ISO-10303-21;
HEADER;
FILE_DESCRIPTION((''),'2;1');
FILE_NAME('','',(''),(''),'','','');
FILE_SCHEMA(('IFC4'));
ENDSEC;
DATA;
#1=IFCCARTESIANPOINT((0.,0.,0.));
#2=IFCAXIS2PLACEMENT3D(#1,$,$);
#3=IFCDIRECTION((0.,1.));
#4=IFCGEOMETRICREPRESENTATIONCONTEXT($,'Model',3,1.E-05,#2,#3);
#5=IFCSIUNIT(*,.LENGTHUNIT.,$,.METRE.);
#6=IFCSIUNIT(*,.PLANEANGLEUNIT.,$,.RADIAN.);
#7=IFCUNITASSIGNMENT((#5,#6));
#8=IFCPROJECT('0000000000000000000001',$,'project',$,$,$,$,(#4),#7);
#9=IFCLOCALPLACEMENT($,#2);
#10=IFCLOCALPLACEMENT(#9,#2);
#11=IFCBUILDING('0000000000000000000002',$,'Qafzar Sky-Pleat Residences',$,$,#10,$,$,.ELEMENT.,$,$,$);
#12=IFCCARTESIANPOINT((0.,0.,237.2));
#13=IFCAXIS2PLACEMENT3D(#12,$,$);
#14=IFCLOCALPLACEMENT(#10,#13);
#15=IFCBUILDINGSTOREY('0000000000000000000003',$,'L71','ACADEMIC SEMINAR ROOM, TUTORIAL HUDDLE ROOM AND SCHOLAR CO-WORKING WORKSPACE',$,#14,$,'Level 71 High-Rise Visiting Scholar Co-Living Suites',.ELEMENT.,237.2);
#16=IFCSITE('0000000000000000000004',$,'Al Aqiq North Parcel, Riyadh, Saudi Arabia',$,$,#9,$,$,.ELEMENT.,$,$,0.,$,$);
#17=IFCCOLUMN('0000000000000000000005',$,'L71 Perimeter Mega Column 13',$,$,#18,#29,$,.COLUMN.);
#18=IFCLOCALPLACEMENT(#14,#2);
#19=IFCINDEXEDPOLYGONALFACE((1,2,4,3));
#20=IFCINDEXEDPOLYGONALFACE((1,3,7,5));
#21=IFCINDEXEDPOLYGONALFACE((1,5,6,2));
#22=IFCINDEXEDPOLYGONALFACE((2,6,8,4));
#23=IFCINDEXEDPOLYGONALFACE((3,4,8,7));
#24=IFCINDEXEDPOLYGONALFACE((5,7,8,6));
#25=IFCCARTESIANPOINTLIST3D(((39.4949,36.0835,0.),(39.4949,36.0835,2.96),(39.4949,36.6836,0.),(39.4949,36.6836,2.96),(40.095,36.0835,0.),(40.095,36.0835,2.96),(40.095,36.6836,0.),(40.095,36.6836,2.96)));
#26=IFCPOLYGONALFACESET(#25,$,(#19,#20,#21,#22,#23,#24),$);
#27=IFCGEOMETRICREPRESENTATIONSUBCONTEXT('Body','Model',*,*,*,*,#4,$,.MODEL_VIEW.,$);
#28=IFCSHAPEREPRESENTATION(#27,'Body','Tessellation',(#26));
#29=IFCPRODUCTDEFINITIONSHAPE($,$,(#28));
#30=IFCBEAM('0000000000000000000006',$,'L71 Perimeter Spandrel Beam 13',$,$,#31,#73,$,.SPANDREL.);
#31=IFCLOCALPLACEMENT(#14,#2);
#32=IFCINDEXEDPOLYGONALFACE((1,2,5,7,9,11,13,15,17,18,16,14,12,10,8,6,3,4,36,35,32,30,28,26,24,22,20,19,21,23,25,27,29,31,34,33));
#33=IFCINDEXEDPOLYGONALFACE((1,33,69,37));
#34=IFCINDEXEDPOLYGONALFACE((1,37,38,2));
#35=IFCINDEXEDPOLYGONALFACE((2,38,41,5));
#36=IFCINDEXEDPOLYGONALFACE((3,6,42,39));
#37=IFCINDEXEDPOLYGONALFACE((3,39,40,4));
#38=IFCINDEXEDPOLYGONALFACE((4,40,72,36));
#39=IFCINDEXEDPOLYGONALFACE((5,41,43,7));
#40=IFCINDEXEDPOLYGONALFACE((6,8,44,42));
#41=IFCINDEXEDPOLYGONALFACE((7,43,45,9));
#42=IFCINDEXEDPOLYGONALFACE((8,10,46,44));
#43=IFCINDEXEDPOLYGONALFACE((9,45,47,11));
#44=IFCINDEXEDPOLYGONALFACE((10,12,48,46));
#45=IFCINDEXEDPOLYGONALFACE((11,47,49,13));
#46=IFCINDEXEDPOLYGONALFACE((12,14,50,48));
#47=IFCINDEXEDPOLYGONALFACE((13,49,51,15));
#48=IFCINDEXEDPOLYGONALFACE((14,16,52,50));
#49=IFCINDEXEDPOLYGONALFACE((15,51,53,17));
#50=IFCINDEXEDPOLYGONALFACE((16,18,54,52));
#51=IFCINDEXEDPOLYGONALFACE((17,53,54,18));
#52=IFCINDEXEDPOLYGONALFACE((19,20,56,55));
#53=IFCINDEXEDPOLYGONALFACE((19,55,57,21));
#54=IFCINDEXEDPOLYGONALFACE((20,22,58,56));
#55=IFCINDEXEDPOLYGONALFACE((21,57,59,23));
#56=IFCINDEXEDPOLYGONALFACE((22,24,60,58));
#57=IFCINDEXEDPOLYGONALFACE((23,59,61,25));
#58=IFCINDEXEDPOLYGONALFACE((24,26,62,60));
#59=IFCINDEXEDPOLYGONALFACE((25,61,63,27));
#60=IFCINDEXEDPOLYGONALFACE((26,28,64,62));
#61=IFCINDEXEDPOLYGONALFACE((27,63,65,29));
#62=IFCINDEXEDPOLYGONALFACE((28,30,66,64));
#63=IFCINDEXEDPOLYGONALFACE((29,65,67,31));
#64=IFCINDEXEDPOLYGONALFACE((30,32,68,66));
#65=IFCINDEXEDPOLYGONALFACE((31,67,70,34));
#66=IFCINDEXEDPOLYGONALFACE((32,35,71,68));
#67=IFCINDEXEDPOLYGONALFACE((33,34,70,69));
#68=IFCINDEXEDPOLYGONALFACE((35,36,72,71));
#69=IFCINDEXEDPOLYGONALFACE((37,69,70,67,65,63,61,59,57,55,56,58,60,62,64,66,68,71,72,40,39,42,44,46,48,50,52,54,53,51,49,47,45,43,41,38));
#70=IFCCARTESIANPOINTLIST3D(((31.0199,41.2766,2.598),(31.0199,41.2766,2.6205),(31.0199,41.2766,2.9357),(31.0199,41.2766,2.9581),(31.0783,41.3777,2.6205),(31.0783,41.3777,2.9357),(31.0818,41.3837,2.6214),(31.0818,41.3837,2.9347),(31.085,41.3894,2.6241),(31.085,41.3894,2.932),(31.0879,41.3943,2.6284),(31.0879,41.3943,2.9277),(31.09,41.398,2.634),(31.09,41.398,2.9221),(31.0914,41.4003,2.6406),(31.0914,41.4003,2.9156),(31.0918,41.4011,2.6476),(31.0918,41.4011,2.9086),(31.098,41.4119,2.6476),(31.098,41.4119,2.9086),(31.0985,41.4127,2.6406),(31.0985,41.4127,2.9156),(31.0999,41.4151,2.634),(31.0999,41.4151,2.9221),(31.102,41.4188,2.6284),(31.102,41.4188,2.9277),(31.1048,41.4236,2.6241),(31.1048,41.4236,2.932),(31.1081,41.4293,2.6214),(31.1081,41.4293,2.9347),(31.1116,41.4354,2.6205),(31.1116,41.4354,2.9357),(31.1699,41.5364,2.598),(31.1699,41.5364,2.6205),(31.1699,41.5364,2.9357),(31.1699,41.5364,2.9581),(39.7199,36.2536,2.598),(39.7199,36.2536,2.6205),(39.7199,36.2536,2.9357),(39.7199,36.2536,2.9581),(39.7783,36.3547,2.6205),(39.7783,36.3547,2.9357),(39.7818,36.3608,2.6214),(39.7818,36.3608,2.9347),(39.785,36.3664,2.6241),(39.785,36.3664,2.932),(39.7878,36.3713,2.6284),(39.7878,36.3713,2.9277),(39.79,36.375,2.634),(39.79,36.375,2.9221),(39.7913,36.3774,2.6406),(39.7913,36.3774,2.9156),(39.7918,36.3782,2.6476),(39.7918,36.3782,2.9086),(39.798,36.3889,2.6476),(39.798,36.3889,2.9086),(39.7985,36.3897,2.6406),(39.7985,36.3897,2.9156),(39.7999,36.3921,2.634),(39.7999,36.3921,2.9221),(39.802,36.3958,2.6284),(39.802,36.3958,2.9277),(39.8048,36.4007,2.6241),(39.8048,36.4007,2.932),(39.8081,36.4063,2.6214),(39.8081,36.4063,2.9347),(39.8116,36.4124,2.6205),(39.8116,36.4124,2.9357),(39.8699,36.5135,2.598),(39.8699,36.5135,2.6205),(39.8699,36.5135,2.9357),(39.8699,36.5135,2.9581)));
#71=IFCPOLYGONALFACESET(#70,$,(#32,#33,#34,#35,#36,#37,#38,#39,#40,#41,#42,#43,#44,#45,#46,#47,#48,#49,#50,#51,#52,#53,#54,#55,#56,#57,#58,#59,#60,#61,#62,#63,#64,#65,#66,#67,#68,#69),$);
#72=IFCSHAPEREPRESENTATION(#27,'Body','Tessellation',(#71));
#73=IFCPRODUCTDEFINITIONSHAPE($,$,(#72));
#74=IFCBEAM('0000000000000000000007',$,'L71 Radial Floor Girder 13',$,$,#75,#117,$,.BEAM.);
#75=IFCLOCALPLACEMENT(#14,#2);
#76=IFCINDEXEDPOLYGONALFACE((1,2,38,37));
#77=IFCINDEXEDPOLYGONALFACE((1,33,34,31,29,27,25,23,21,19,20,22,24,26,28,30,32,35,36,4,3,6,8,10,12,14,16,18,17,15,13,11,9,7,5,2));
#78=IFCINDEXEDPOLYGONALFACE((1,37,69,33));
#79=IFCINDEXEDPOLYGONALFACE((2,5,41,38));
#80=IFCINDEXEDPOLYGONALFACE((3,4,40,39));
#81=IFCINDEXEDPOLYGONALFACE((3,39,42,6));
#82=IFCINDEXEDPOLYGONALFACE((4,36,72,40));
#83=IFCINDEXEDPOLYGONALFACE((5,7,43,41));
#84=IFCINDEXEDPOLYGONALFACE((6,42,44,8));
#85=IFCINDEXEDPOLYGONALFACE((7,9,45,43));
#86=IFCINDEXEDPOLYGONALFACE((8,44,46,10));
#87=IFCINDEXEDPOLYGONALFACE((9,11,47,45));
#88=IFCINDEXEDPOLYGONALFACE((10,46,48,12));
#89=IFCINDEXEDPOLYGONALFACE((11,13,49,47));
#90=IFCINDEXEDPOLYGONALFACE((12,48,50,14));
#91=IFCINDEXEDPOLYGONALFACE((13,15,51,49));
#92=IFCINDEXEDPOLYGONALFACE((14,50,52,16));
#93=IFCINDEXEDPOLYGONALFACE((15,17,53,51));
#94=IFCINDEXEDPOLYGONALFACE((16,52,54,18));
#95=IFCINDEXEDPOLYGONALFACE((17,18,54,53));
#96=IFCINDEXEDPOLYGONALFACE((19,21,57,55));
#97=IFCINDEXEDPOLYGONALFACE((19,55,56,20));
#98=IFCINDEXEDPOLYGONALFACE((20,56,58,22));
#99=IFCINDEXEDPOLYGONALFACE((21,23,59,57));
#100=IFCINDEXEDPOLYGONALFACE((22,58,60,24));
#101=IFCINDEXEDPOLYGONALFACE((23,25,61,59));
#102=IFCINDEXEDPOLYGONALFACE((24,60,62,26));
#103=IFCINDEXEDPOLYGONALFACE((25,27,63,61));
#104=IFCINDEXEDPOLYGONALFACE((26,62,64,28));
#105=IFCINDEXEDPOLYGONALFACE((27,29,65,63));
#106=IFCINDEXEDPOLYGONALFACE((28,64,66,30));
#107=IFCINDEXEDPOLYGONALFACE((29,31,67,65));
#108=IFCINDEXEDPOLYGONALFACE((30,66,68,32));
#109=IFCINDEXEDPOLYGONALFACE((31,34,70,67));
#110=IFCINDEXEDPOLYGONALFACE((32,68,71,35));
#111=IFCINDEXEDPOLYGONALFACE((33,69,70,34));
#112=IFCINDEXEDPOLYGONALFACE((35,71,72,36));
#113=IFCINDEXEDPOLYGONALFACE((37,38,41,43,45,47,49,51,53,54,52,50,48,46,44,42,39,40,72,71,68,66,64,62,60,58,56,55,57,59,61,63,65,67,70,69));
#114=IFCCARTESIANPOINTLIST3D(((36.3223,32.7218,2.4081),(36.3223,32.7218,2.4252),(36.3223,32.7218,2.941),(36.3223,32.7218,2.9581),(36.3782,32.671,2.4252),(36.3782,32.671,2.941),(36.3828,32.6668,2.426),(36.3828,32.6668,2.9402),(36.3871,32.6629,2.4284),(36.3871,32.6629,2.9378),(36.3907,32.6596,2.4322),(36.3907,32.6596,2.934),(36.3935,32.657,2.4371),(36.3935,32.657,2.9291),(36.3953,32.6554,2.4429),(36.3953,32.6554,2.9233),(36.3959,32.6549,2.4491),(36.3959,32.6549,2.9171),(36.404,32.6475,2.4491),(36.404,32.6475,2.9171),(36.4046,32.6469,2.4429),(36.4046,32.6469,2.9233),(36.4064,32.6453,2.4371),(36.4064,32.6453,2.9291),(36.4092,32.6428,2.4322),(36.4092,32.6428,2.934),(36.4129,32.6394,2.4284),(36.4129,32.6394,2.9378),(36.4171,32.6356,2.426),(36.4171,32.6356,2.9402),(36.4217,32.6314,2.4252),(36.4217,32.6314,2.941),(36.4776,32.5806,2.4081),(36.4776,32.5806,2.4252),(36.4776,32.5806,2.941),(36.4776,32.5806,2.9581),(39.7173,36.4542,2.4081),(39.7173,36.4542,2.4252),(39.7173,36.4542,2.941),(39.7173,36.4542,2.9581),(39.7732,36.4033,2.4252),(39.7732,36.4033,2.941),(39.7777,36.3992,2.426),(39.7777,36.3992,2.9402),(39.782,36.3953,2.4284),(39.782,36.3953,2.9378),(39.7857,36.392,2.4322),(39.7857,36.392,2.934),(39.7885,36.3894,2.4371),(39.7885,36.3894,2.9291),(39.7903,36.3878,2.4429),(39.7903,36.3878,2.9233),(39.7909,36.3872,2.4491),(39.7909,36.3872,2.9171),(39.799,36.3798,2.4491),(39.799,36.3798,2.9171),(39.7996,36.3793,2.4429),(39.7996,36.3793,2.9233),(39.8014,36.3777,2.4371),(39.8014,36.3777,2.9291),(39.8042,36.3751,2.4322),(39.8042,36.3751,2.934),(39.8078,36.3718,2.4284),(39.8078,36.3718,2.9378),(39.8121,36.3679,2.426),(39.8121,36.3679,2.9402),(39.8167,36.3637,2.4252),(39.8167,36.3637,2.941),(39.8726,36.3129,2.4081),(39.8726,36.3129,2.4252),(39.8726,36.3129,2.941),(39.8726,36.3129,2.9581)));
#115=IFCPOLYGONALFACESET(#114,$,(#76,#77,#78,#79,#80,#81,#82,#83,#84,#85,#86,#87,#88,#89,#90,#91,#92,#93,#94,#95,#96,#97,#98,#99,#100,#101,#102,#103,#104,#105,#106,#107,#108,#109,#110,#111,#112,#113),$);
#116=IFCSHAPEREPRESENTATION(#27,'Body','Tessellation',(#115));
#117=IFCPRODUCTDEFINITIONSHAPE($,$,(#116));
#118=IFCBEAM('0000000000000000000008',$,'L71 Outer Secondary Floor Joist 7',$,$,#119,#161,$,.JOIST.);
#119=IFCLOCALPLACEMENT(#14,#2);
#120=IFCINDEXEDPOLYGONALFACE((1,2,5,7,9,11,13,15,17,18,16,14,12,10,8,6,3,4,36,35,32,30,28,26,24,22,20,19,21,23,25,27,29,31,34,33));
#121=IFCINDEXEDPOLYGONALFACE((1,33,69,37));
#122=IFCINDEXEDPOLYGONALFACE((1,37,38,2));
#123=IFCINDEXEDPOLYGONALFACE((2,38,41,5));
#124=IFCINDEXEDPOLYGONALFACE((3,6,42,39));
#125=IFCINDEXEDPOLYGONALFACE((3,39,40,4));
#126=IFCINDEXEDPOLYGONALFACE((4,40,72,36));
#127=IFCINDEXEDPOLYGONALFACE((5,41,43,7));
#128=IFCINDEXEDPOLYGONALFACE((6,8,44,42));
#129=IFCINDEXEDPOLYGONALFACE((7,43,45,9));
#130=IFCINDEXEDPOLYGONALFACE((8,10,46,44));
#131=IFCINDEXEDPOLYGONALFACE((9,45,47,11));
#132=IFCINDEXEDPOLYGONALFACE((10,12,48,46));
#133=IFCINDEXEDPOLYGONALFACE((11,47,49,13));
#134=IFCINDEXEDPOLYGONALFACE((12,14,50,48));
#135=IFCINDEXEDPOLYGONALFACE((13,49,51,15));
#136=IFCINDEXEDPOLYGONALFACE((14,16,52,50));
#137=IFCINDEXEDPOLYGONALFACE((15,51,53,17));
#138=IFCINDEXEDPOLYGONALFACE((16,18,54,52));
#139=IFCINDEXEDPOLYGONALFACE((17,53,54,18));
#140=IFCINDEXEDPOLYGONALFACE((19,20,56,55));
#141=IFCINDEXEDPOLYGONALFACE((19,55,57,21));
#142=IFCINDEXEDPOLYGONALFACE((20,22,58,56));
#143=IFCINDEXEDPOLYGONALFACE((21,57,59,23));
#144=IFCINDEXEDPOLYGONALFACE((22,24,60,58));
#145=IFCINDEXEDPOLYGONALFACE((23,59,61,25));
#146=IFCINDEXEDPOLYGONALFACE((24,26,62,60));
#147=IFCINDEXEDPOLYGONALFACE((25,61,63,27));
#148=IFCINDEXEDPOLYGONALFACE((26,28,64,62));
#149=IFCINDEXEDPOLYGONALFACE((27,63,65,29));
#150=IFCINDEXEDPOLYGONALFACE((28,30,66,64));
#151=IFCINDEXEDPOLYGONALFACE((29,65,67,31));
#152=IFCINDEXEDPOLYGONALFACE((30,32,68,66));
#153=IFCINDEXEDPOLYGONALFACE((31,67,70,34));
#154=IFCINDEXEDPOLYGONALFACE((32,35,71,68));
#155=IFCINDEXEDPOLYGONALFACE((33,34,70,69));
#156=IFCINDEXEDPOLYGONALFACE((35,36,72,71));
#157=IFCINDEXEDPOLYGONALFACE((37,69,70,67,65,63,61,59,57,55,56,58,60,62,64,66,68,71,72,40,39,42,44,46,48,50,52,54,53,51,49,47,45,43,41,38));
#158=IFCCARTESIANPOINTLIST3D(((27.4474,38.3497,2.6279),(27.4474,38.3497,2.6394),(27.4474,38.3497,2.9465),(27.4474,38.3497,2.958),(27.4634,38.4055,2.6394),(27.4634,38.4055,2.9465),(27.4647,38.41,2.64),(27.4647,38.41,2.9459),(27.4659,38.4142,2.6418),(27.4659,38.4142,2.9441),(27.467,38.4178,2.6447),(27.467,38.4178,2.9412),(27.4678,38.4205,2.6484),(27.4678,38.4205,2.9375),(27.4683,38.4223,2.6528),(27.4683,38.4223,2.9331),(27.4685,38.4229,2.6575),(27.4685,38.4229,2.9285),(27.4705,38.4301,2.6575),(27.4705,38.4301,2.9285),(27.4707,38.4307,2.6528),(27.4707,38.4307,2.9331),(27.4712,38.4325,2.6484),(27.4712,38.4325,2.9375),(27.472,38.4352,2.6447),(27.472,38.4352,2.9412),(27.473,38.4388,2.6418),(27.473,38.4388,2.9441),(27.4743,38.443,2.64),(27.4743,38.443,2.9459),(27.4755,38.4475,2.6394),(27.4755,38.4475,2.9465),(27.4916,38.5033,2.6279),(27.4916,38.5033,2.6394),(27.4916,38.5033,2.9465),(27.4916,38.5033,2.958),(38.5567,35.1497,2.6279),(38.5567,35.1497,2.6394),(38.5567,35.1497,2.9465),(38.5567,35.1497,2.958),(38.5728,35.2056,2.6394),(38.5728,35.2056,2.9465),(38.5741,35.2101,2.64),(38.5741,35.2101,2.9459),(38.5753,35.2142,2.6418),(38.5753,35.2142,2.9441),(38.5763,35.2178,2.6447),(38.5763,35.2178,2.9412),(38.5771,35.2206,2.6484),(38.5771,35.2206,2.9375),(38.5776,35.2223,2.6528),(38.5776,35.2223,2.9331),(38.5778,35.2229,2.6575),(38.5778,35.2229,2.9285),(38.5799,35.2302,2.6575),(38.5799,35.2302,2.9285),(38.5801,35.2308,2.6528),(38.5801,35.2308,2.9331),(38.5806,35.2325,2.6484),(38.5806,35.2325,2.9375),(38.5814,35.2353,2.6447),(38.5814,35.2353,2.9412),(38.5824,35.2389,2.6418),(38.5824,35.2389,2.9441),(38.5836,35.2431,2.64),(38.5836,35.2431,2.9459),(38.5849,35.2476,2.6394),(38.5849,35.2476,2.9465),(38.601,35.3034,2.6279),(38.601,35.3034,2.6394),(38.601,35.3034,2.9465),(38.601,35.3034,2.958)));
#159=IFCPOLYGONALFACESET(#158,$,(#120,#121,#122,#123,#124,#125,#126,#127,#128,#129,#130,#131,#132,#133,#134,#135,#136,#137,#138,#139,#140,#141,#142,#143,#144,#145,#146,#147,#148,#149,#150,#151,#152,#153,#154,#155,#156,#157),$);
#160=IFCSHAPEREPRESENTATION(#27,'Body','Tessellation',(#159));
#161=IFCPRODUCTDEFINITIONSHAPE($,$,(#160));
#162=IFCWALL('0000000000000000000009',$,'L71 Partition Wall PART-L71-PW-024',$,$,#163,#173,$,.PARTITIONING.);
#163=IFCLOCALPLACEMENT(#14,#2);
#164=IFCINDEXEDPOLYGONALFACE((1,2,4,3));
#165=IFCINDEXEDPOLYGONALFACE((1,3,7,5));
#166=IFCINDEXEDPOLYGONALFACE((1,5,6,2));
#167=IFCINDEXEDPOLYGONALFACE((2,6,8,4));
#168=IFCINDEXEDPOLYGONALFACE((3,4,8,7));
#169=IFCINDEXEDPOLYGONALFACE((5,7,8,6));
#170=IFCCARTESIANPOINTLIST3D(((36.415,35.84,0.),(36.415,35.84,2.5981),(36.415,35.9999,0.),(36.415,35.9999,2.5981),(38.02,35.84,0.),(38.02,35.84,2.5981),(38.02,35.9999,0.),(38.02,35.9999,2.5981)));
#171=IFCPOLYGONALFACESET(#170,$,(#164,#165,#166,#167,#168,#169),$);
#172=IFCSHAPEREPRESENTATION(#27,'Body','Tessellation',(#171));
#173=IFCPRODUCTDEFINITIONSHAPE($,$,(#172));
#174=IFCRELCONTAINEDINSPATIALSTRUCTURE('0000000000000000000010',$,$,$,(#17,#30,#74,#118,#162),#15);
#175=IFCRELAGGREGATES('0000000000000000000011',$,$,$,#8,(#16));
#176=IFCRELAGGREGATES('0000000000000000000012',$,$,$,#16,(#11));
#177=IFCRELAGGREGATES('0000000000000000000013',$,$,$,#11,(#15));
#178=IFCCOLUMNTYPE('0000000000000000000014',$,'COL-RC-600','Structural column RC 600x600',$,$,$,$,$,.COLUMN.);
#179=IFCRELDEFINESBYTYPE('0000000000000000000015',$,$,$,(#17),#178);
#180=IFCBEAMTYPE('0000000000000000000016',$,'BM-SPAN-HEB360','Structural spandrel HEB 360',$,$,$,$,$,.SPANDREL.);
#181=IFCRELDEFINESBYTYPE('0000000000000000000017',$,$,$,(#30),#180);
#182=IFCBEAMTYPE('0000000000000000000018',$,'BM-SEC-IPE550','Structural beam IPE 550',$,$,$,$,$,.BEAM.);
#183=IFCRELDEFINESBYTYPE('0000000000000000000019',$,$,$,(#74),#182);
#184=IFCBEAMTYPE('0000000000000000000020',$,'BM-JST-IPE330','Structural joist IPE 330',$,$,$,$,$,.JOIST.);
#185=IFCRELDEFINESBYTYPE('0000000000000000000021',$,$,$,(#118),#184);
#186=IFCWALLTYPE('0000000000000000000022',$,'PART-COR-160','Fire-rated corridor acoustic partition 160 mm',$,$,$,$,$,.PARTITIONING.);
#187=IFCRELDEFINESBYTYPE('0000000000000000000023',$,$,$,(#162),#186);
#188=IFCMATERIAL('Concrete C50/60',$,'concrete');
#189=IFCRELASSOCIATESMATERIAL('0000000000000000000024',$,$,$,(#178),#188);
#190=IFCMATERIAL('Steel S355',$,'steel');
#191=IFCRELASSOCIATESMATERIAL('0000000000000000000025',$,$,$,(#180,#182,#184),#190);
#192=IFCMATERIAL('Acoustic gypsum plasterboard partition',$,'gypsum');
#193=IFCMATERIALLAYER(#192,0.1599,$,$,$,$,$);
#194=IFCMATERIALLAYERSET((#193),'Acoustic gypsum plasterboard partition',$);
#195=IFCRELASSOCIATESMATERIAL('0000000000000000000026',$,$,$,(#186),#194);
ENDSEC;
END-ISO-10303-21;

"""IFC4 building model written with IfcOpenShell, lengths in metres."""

from ifc_helpers import new_model, si_unit, direction, frame, frame_2d, origin, origin_2d, place, context, subcontext, project, spatial, rectangle, i_section, extrude, source, transform, mapped, material, layer, layer_set, material_profile, profile_set, type_object, element, save


model = new_model("IFC4")

# Units and contexts
model_context = context("Model", 3, precision=1e-05, world=origin(), true_north=direction((0.0, 1.0)))
body_context = subcontext(model_context, "Body", "Model", "MODEL_VIEW")
ifc_project = project(units=[si_unit("LENGTHUNIT", "METRE"), si_unit("PLANEANGLEUNIT", "RADIAN")], contexts=[model_context])

# Site, building, storey
site_placement = place(None, origin())
site = spatial("IfcSite", under=ifc_project, at=site_placement, Name="Al Aqiq North Parcel, Riyadh, Saudi Arabia", CompositionType="ELEMENT", RefElevation=0.0)
building_placement = place(site_placement, origin())
building = spatial("IfcBuilding", under=site, at=building_placement, Name="Qafzar Sky-Pleat Residences", CompositionType="ELEMENT")
storey_placement = place(building_placement, frame((0.0, 0.0, 237.2)))
storey = spatial("IfcBuildingStorey", under=building, at=storey_placement, Name="L71", Description="ACADEMIC SEMINAR ROOM, TUTORIAL HUDDLE ROOM AND SCHOLAR CO-WORKING WORKSPACE", LongName="Level 71 High-Rise Visiting Scholar Co-Living Suites", CompositionType="ELEMENT", Elevation=237.2)

# Column
ifc_material_1 = material(Name="Concrete C50/60", Category="concrete")
ifc_material_profile_1 = material_profile(ifc_material_1, rectangle(XDim=0.6001, YDim=0.6001, at=origin_2d()), Name="RC 600x600")
ifc_profile_set_1 = profile_set([ifc_material_profile_1], Name="Concrete C50/60")
column_type = type_object("IfcColumnType", Name="COL-RC-600", Description="Structural column RC 600x600", PredefinedType="COLUMN", material=ifc_profile_set_1)
shared_shape_1 = source(origin(), body_context, "Body", "SweptSolid", [
    extrude(rectangle(XDim=0.6001, YDim=0.6001, at=origin_2d()), origin(), (0.0, 0.0, 1.0), 2.96),
])
column_placement = place(storey_placement, frame((39.7949, 36.3835, 0.0), z_axis=(0.0, 0.0, 1.0), x_axis=(1.0, 0.0, 0.0)))
element("IfcColumn", 1, at=column_placement, inside=storey, type_object=column_type, Name="L71 Perimeter Mega Column 13", PredefinedType="COLUMN", context=body_context, shape_type="MappedRepresentation", body=[
    mapped(shared_shape_1, transform((0.0, 0.0, 0.0), x_axis=(1.0, 0.0, 0.0), y_axis=(0.0, 1.0, 0.0), z_axis=(0.0, 0.0, 1.0), scale=1.0)),
])

# Beams
ifc_material_2 = material(Name="Steel S355", Category="steel")
ifc_material_profile_2 = material_profile(ifc_material_2, i_section(OverallWidth=0.3, OverallDepth=0.3601, WebThickness=0.0125, FlangeThickness=0.0225, FilletRadius=0.0271, at=origin_2d()), Name="HEB 360")
ifc_profile_set_2 = profile_set([ifc_material_profile_2], Name="Steel S355")
beam_type_1 = type_object("IfcBeamType", Name="BM-SPAN-HEB360", Description="Structural spandrel HEB 360", PredefinedType="SPANDREL", material=ifc_profile_set_2)
shared_shape_2 = source(origin(), body_context, "Body", "SweptSolid", [
    extrude(i_section(OverallWidth=0.3, OverallDepth=0.3601, WebThickness=0.0125, FlangeThickness=0.0225, FilletRadius=0.0271, at=origin_2d()), origin(), (0.0, 0.0, 1.0), 10.0459),
])
beam_1_placement = place(storey_placement, frame((39.7949, 36.3835, 2.7781), z_axis=(-0.866024, 0.500002, 0.0), x_axis=(-0.500002, -0.866024, 0.0)))
element("IfcBeam", 2, at=beam_1_placement, inside=storey, type_object=beam_type_1, Name="L71 Perimeter Spandrel Beam 13", PredefinedType="SPANDREL", context=body_context, shape_type="MappedRepresentation", body=[
    mapped(shared_shape_2, transform((0.0, 0.0, 0.0), x_axis=(1.0, 0.0, 0.0), y_axis=(0.0, 1.0, 0.0), z_axis=(0.0, 0.0, 1.0), scale=1.0)),
])
ifc_material_profile_3 = material_profile(ifc_material_2, i_section(OverallWidth=0.21, OverallDepth=0.55, WebThickness=0.011, FlangeThickness=0.0171, FilletRadius=0.0239, at=origin_2d()), Name="IPE 550")
ifc_profile_set_3 = profile_set([ifc_material_profile_3], Name="Steel S355")
beam_type_2 = type_object("IfcBeamType", Name="BM-SEC-IPE550", Description="Structural beam IPE 550", PredefinedType="BEAM", material=ifc_profile_set_3)
shared_shape_3 = source(origin(), body_context, "Body", "SweptSolid", [
    extrude(i_section(OverallWidth=0.21, OverallDepth=0.55, WebThickness=0.011, FlangeThickness=0.0171, FilletRadius=0.0239, at=origin_2d()), origin(), (0.0, 0.0, 1.0), 5.0454),
])
beam_2_placement = place(storey_placement, frame((39.7949, 36.3835, 2.6831), z_axis=(-0.67288, -0.739752, 0.0), x_axis=(0.739752, -0.67288, 0.0)))
element("IfcBeam", 3, at=beam_2_placement, inside=storey, type_object=beam_type_2, Name="L71 Radial Floor Girder 13", PredefinedType="BEAM", context=body_context, shape_type="MappedRepresentation", body=[
    mapped(shared_shape_3, transform((0.0, 0.0, 0.0), x_axis=(1.0, 0.0, 0.0), y_axis=(0.0, 1.0, 0.0), z_axis=(0.0, 0.0, 1.0), scale=1.0)),
])
ifc_material_profile_4 = material_profile(ifc_material_2, i_section(OverallWidth=0.1599, OverallDepth=0.3301, WebThickness=0.0076, FlangeThickness=0.0115, FilletRadius=0.0181, at=origin_2d()), Name="IPE 330")
ifc_profile_set_4 = profile_set([ifc_material_profile_4], Name="Steel S355")
beam_type_3 = type_object("IfcBeamType", Name="BM-JST-IPE330", Description="Structural joist IPE 330", PredefinedType="JOIST", material=ifc_profile_set_4)
shared_shape_4 = source(origin(), body_context, "Body", "SweptSolid", [
    extrude(i_section(OverallWidth=0.1599, OverallDepth=0.3301, WebThickness=0.0076, FlangeThickness=0.0115, FilletRadius=0.0181, at=origin_2d()), origin(), (0.0, 0.0, 1.0), 11.561),
])
beam_3_placement = place(storey_placement, frame((38.5789, 35.2266, 2.793), z_axis=(-0.960931, 0.276787, 0.0), x_axis=(-0.276787, -0.960931, 0.0)))
element("IfcBeam", 4, at=beam_3_placement, inside=storey, type_object=beam_type_3, Name="L71 Outer Secondary Floor Joist 7", PredefinedType="JOIST", context=body_context, shape_type="MappedRepresentation", body=[
    mapped(shared_shape_4, transform((0.0, 0.0, 0.0), x_axis=(1.0, 0.0, 0.0), y_axis=(0.0, 1.0, 0.0), z_axis=(0.0, 0.0, 1.0), scale=1.0)),
])

# Wall
ifc_material_3 = material(Name="Acoustic gypsum plasterboard partition", Category="gypsum")
ifc_layer_1 = layer(ifc_material_3, 0.1599)
ifc_layer_set_1 = layer_set([ifc_layer_1], Name="Acoustic gypsum plasterboard partition")
wall_type_1 = type_object("IfcWallType", Name="PART-COR-160", Description="Fire-rated corridor acoustic partition 160 mm", PredefinedType="PARTITIONING", material=ifc_layer_set_1)
wall_1_placement = place(storey_placement, frame((36.415, 35.9199, 0.0), z_axis=(0.0, 0.0, 1.0), x_axis=(1.0, 0.0, 0.0)))
element("IfcWall", 5, at=wall_1_placement, inside=storey, type_object=wall_type_1, Name="L71 Partition Wall PART-L71-PW-024", PredefinedType="PARTITIONING", context=body_context, shape_type="SweptSolid", body=[
    extrude(rectangle(XDim=1.605, YDim=0.1599, at=frame_2d((0.8025, 0.0))), origin(), (0.0, 0.0, 1.0), 2.5981),
])

save(model, "model.ifc")
